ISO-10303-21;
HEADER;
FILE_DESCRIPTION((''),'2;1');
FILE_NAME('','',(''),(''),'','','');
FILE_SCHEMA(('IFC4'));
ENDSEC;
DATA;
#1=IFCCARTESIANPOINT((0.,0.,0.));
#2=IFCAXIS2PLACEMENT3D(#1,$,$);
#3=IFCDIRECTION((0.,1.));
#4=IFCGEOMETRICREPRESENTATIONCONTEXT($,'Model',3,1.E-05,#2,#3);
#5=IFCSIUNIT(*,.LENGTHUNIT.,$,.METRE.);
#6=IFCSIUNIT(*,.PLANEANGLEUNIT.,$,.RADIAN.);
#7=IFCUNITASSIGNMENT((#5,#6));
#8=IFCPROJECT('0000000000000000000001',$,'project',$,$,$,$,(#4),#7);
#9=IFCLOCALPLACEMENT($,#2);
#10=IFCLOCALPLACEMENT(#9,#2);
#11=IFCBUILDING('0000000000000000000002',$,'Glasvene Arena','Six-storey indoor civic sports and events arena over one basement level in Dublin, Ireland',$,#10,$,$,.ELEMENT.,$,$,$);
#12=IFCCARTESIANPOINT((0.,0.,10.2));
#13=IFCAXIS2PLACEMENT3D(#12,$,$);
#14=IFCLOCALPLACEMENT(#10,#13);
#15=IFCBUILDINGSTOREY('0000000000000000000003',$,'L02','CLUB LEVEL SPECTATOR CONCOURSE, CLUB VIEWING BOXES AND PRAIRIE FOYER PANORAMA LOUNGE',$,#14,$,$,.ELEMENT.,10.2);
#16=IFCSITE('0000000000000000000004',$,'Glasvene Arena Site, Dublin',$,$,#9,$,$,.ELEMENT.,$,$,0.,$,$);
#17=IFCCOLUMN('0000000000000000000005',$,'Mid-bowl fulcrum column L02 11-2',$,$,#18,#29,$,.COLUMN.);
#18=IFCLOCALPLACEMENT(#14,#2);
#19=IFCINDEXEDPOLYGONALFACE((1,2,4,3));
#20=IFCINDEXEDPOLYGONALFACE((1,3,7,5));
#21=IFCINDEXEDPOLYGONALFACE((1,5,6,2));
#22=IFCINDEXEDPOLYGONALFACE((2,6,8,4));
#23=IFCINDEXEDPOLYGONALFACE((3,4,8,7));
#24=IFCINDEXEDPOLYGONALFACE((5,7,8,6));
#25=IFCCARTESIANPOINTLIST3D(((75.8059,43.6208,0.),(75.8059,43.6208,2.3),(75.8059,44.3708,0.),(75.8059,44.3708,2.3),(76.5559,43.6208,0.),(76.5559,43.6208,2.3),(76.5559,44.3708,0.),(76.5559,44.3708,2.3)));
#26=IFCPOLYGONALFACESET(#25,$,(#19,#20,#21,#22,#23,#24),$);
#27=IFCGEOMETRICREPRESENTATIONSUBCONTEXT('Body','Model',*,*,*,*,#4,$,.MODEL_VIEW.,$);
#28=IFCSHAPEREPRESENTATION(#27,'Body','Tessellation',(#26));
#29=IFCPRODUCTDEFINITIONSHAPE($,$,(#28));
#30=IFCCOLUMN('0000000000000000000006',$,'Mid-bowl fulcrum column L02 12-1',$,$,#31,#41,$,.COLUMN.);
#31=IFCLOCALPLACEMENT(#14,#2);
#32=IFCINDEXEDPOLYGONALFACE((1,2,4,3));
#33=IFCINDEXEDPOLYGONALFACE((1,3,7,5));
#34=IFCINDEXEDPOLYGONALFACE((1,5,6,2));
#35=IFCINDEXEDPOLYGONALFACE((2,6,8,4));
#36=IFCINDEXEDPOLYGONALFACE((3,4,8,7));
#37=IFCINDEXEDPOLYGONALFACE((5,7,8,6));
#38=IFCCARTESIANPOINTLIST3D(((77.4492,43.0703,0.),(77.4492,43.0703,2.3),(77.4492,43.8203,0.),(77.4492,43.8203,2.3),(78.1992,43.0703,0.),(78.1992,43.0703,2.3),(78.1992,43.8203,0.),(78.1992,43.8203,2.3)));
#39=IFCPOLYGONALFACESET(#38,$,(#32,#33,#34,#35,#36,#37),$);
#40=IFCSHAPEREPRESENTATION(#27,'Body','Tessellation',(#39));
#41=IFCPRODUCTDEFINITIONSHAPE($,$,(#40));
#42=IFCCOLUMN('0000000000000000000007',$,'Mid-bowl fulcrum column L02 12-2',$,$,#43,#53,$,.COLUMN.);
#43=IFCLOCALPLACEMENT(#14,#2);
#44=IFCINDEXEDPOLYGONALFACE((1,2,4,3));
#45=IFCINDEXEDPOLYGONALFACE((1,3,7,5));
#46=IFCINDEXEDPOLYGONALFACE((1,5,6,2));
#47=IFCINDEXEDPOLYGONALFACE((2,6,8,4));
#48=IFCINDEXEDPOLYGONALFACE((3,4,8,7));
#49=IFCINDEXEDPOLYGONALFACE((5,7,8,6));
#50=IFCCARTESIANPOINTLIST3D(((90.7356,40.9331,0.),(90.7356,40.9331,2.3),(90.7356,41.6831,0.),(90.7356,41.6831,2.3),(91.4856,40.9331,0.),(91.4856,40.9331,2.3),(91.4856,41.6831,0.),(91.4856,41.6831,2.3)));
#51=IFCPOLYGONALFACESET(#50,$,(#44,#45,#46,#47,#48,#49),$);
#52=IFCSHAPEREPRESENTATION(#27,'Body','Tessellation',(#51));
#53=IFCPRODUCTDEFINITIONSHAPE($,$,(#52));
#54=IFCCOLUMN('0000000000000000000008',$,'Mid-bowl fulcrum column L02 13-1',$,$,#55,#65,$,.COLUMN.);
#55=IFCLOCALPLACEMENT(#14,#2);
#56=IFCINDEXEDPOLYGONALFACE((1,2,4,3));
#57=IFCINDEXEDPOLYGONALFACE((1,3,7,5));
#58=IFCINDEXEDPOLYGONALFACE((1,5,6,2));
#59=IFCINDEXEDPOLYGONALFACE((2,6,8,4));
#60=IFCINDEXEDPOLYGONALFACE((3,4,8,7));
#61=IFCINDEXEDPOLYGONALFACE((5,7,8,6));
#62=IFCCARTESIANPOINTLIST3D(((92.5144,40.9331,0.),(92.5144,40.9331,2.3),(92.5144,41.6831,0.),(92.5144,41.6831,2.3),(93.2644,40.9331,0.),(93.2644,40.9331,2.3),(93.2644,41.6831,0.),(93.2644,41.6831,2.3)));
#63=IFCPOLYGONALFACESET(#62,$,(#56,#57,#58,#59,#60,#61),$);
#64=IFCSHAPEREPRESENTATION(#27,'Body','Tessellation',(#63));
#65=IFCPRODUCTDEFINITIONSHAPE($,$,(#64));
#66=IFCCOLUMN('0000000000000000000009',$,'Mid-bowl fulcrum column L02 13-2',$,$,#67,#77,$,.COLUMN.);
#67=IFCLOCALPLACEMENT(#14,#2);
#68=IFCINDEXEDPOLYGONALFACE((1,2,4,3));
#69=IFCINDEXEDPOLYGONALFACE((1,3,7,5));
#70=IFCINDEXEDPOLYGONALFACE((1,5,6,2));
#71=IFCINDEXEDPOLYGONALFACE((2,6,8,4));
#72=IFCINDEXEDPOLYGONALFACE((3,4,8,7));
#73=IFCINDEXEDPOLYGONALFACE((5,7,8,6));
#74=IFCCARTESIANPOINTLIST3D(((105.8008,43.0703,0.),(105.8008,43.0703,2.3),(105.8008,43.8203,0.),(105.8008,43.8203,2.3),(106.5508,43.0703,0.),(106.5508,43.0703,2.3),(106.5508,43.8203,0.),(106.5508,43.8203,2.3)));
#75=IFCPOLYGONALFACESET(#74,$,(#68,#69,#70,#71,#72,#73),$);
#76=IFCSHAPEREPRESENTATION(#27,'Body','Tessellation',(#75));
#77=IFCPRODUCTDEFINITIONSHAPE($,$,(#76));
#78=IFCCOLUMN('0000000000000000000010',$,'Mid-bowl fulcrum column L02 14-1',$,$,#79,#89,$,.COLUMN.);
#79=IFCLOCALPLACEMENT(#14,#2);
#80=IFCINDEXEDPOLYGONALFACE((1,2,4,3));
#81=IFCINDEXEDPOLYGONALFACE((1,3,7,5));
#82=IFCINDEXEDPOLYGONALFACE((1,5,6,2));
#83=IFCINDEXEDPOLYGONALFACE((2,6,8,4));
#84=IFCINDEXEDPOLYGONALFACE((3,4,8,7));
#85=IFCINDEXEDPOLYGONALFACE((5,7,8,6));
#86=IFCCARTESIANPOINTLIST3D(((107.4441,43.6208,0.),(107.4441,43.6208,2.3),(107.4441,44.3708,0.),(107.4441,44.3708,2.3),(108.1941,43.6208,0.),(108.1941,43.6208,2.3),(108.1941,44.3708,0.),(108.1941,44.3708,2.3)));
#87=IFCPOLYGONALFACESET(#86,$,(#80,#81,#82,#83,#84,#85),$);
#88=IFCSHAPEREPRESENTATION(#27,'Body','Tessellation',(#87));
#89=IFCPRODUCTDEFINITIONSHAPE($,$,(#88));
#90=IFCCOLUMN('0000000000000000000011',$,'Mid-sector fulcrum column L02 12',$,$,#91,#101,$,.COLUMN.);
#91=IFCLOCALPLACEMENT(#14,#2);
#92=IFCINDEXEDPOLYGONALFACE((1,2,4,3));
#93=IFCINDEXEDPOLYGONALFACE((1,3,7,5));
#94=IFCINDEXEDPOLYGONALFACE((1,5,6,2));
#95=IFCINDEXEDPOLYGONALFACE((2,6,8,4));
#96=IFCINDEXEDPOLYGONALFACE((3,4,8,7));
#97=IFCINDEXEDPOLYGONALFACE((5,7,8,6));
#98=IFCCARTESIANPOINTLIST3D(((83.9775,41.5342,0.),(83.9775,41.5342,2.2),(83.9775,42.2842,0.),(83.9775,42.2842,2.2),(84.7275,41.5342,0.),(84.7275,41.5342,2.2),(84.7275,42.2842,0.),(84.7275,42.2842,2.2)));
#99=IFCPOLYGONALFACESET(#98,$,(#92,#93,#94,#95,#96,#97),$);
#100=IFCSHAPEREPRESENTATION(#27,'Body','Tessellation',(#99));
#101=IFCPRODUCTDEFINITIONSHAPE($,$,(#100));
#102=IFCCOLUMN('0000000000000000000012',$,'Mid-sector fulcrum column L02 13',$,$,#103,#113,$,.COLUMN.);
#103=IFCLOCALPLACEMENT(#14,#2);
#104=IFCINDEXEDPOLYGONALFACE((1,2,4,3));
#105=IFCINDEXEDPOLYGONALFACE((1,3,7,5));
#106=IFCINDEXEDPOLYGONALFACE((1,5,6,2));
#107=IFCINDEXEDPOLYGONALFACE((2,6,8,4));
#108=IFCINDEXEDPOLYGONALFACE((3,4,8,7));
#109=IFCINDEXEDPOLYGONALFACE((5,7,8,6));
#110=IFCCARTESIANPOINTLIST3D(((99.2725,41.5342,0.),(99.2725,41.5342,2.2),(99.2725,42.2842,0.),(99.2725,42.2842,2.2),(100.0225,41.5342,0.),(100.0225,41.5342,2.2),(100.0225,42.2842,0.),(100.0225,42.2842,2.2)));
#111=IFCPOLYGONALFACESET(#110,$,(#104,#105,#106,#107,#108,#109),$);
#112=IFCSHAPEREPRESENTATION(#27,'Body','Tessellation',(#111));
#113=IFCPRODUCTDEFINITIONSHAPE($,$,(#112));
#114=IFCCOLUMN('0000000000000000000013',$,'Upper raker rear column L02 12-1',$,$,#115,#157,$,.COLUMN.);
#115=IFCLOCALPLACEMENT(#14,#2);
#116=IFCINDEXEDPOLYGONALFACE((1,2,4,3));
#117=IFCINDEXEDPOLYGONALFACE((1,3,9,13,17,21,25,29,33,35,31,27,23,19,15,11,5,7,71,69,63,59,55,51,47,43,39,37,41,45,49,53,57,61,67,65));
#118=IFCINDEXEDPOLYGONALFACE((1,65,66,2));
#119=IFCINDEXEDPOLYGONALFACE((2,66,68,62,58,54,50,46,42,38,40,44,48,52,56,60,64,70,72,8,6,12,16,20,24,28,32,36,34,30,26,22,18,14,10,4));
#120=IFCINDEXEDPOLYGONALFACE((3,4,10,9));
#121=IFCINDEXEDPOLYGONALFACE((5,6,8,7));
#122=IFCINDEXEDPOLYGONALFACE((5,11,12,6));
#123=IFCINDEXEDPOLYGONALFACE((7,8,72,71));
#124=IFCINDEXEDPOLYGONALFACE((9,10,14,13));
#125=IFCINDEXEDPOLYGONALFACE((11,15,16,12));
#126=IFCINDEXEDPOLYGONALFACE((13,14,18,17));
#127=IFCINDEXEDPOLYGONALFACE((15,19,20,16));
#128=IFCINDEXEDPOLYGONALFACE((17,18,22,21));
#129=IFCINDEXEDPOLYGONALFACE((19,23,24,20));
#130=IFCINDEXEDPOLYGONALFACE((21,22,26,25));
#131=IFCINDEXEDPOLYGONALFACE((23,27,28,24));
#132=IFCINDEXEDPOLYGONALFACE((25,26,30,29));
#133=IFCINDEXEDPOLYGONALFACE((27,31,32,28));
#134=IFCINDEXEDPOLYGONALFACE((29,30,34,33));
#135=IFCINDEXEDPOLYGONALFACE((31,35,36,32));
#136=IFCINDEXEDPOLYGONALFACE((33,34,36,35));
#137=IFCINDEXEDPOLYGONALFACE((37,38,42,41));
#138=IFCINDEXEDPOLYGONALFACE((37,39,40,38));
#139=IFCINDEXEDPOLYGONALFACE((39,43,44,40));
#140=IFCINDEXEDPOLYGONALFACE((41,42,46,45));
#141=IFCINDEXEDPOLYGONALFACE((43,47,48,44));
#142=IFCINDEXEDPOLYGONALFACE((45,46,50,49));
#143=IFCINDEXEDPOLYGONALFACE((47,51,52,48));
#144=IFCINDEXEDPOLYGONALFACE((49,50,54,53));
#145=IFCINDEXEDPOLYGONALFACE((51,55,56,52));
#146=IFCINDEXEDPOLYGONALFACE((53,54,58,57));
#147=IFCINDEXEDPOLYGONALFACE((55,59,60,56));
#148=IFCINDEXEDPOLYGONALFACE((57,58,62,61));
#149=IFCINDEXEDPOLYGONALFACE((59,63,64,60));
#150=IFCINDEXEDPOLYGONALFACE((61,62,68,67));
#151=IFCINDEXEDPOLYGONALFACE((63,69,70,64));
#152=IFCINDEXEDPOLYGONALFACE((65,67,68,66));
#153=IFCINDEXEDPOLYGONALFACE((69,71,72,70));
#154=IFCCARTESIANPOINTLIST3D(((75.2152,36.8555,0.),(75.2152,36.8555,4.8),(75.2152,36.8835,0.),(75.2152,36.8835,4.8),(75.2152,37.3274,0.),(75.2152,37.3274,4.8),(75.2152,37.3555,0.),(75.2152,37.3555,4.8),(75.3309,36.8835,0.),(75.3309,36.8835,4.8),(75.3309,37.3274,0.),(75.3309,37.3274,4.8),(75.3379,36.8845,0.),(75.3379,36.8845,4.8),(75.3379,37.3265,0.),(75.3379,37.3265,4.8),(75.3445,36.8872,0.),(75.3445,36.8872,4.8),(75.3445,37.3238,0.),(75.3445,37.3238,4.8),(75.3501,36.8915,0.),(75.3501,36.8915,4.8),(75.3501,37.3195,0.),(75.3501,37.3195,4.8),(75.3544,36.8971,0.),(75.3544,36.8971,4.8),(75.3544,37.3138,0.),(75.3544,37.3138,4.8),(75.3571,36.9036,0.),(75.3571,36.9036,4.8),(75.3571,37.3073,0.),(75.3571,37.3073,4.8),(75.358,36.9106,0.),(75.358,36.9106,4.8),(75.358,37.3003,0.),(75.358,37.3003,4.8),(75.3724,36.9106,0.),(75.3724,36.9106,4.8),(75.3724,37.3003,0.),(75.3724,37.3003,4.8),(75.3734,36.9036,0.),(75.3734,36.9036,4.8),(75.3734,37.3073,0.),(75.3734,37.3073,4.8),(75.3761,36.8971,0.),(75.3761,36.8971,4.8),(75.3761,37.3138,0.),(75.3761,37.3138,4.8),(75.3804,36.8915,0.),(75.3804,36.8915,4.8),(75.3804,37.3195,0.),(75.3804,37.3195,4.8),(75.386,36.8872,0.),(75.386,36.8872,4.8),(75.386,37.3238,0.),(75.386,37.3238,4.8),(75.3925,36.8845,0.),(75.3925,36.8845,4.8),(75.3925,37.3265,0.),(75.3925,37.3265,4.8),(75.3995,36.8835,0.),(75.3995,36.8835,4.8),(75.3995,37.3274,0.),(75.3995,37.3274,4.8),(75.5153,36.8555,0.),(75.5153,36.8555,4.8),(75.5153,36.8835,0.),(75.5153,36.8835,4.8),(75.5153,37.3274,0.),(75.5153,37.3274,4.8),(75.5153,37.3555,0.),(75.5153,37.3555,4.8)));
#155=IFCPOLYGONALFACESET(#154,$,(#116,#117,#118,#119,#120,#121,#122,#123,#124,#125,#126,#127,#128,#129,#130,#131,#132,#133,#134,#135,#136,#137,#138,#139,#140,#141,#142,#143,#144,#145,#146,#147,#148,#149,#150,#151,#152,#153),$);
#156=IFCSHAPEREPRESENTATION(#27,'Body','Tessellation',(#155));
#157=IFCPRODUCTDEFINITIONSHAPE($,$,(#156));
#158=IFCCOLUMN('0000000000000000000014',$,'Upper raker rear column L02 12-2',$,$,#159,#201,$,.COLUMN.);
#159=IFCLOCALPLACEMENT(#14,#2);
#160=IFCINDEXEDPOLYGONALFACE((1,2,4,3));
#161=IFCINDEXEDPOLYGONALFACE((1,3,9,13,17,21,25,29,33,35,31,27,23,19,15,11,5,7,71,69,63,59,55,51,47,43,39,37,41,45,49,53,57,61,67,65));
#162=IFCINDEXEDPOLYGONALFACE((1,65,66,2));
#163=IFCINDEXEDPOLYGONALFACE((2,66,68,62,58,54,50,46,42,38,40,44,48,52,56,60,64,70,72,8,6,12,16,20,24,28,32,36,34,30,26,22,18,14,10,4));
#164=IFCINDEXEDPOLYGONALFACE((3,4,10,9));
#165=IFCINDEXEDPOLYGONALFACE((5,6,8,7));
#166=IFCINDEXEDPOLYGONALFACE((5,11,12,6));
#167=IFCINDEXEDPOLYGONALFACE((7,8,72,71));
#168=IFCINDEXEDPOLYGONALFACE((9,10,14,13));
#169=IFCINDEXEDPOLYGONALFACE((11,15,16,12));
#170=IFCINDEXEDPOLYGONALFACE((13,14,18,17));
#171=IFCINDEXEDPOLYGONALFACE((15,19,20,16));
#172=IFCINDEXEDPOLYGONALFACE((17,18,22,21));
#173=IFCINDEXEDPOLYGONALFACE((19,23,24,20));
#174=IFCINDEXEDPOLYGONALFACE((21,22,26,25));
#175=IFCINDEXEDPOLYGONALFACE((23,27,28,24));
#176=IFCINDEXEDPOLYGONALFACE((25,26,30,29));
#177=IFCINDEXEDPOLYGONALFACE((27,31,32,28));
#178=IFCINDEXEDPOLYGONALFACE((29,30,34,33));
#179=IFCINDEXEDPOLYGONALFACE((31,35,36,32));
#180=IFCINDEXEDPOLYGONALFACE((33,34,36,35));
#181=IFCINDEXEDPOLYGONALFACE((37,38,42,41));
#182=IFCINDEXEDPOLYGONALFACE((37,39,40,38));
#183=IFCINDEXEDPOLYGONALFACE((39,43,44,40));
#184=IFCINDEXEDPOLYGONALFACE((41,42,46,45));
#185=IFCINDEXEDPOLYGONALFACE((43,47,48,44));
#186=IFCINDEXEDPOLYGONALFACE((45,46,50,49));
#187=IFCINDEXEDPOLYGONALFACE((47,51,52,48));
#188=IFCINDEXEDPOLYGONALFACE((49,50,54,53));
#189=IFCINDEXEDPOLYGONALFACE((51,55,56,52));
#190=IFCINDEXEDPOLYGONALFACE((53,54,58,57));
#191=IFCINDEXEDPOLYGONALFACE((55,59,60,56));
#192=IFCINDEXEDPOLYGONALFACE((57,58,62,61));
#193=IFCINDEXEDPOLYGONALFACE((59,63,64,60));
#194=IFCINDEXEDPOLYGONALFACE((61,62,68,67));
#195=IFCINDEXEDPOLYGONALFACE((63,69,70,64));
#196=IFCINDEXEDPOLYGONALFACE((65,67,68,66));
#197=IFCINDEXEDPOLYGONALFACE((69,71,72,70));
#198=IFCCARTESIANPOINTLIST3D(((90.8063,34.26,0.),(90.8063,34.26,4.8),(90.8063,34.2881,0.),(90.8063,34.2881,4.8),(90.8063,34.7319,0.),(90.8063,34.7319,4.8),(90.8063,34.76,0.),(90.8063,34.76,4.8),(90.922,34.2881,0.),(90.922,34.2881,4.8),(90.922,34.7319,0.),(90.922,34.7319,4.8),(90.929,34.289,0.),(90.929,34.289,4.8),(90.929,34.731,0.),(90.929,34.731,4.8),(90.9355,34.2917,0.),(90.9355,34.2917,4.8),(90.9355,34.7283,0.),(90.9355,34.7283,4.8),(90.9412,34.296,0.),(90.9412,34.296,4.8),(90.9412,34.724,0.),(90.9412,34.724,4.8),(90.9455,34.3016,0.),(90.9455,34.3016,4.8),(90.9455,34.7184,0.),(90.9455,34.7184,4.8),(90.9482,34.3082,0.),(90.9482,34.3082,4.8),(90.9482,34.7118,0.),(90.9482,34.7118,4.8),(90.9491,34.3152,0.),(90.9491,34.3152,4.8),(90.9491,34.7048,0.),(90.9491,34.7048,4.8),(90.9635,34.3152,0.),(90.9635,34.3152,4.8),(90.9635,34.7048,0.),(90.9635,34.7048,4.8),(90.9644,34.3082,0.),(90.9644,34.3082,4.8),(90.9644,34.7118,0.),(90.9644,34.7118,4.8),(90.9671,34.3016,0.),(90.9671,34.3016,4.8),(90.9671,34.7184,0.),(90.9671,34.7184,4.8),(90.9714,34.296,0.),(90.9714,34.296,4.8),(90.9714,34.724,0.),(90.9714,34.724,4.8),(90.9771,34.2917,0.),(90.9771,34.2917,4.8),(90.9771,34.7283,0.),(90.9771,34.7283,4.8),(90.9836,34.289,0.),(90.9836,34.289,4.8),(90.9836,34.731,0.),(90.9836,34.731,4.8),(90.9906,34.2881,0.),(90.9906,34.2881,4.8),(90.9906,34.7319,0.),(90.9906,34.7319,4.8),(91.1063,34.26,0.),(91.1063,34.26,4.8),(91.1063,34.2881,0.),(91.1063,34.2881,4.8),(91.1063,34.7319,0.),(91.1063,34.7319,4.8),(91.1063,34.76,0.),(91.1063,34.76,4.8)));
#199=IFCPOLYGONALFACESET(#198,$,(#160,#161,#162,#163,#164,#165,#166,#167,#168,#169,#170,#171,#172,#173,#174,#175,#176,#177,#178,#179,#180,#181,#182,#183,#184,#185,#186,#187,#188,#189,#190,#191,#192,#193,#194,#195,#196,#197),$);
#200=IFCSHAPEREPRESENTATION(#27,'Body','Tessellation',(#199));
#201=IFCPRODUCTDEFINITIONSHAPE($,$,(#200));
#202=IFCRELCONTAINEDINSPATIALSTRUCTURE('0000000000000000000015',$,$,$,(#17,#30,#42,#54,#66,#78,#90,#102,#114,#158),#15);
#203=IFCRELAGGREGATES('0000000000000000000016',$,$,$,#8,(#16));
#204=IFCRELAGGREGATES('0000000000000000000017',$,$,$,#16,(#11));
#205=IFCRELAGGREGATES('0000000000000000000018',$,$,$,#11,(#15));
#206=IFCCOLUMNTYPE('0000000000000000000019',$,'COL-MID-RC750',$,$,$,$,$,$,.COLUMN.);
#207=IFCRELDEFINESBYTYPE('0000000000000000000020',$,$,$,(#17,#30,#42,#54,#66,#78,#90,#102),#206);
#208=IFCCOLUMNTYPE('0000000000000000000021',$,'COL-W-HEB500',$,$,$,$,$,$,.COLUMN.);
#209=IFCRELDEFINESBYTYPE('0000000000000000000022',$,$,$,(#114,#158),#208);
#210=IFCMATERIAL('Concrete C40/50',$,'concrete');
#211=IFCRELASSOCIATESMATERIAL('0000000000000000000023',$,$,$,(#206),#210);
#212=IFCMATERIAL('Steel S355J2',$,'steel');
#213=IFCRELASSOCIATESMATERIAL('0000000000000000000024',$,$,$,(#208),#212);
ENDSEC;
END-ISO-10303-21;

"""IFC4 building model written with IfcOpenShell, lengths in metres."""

from ifc_helpers import new_model, si_unit, direction, frame, origin, origin_2d, place, context, subcontext, project, spatial, rectangle, i_section, extrude, material, material_profile, profile_set, type_object, element, save


model = new_model("IFC4")

# Units and contexts
model_context = context("Model", 3, precision=1e-05, world=origin(), true_north=direction((0.0, 1.0)))
body_context = subcontext(model_context, "Body", "Model", "MODEL_VIEW")
ifc_project = project(units=[si_unit("LENGTHUNIT", "METRE"), si_unit("PLANEANGLEUNIT", "RADIAN")], contexts=[model_context])

# Site, building, storey
site_placement = place(None, origin())
site = spatial("IfcSite", under=ifc_project, at=site_placement, Name="Glasvene Arena Site, Dublin", CompositionType="ELEMENT", RefElevation=0.0)
building_placement = place(site_placement, origin())
building = spatial("IfcBuilding", under=site, at=building_placement, Name="Glasvene Arena", Description="Six-storey indoor civic sports and events arena over one basement level in Dublin, Ireland", CompositionType="ELEMENT")
storey_placement = place(building_placement, frame((0.0, 0.0, 10.2)))
storey = spatial("IfcBuildingStorey", under=building, at=storey_placement, Name="L02", Description="CLUB LEVEL SPECTATOR CONCOURSE, CLUB VIEWING BOXES AND PRAIRIE FOYER PANORAMA LOUNGE", CompositionType="ELEMENT", Elevation=10.2)

# Columns
ifc_material_1 = material(Name="Concrete C40/50", Category="concrete")
ifc_material_profile_1 = material_profile(ifc_material_1, rectangle(XDim=0.75, YDim=0.75, at=origin_2d()), Name="RC 750x750")
ifc_profile_set_1 = profile_set([ifc_material_profile_1], Name="Concrete C40/50")
column_type_1 = type_object("IfcColumnType", Name="COL-MID-RC750", PredefinedType="COLUMN", material=ifc_profile_set_1)
for number, where, z_axis, x_axis, name in (
    (1, (76.1809, 43.9958, 0.0), (0.0, 0.0, 1.0), (1.0, 0.0, 0.0), "Mid-bowl fulcrum column L02 11-2"),
    (2, (77.8242, 43.4453, 0.0), (0.0, 0.0, 1.0), (1.0, 0.0, 0.0), "Mid-bowl fulcrum column L02 12-1"),
    (3, (91.1106, 41.3081, 0.0), (0.0, 0.0, 1.0), (1.0, 0.0, 0.0), "Mid-bowl fulcrum column L02 12-2"),
    (4, (92.8894, 41.3081, 0.0), (0.0, 0.0, 1.0), (1.0, 0.0, 0.0), "Mid-bowl fulcrum column L02 13-1"),
    (5, (106.1758, 43.4453, 0.0), (0.0, 0.0, 1.0), (1.0, 0.0, 0.0), "Mid-bowl fulcrum column L02 13-2"),
    (6, (107.8191, 43.9958, 0.0), (0.0, 0.0, 1.0), (1.0, 0.0, 0.0), "Mid-bowl fulcrum column L02 14-1"),
):
    element("IfcColumn", number, at=place(storey_placement, frame(where, z_axis=z_axis, x_axis=x_axis)), inside=storey, type_object=column_type_1, Name=name, PredefinedType="COLUMN", context=body_context, shape_type="SweptSolid", body=[
        extrude(rectangle(XDim=0.75, YDim=0.75, at=origin_2d()), origin(), (0.0, 0.0, 1.0), 2.3),
    ])
for number, where, z_axis, x_axis, name in (
    (7, (84.3525, 41.9092, 0.0), (0.0, 0.0, 1.0), (1.0, 0.0, 0.0), "Mid-sector fulcrum column L02 12"),
    (8, (99.6475, 41.9092, 0.0), (0.0, 0.0, 1.0), (1.0, 0.0, 0.0), "Mid-sector fulcrum column L02 13"),
):
    element("IfcColumn", number, at=place(storey_placement, frame(where, z_axis=z_axis, x_axis=x_axis)), inside=storey, type_object=column_type_1, Name=name, PredefinedType="COLUMN", context=body_context, shape_type="SweptSolid", body=[
        extrude(rectangle(XDim=0.75, YDim=0.75, at=origin_2d()), origin(), (0.0, 0.0, 1.0), 2.2),
    ])
ifc_material_2 = material(Name="Steel S355J2", Category="steel")
ifc_material_profile_2 = material_profile(ifc_material_2, i_section(OverallWidth=0.3, OverallDepth=0.5, WebThickness=0.0144, FlangeThickness=0.0281, FilletRadius=0.0271, at=origin_2d()), Name="HEB 500")
ifc_profile_set_2 = profile_set([ifc_material_profile_2], Name="Steel S355J2")
column_type_2 = type_object("IfcColumnType", Name="COL-W-HEB500", PredefinedType="COLUMN", material=ifc_profile_set_2)
for number, where, z_axis, x_axis, name in (
    (9, (75.3652, 37.1055, 0.0), (0.0, 0.0, 1.0), (1.0, 0.0, 0.0), "Upper raker rear column L02 12-1"),
    (10, (90.9563, 34.51, 0.0), (0.0, 0.0, 1.0), (1.0, 0.0, 0.0), "Upper raker rear column L02 12-2"),
):
    element("IfcColumn", number, at=place(storey_placement, frame(where, z_axis=z_axis, x_axis=x_axis)), inside=storey, type_object=column_type_2, Name=name, PredefinedType="COLUMN", context=body_context, shape_type="SweptSolid", body=[
        extrude(i_section(OverallWidth=0.3, OverallDepth=0.5, WebThickness=0.0144, FlangeThickness=0.0281, FilletRadius=0.0271, at=origin_2d()), origin(), (0.0, 0.0, 1.0), 4.8),
    ])

save(model, "model.ifc")
